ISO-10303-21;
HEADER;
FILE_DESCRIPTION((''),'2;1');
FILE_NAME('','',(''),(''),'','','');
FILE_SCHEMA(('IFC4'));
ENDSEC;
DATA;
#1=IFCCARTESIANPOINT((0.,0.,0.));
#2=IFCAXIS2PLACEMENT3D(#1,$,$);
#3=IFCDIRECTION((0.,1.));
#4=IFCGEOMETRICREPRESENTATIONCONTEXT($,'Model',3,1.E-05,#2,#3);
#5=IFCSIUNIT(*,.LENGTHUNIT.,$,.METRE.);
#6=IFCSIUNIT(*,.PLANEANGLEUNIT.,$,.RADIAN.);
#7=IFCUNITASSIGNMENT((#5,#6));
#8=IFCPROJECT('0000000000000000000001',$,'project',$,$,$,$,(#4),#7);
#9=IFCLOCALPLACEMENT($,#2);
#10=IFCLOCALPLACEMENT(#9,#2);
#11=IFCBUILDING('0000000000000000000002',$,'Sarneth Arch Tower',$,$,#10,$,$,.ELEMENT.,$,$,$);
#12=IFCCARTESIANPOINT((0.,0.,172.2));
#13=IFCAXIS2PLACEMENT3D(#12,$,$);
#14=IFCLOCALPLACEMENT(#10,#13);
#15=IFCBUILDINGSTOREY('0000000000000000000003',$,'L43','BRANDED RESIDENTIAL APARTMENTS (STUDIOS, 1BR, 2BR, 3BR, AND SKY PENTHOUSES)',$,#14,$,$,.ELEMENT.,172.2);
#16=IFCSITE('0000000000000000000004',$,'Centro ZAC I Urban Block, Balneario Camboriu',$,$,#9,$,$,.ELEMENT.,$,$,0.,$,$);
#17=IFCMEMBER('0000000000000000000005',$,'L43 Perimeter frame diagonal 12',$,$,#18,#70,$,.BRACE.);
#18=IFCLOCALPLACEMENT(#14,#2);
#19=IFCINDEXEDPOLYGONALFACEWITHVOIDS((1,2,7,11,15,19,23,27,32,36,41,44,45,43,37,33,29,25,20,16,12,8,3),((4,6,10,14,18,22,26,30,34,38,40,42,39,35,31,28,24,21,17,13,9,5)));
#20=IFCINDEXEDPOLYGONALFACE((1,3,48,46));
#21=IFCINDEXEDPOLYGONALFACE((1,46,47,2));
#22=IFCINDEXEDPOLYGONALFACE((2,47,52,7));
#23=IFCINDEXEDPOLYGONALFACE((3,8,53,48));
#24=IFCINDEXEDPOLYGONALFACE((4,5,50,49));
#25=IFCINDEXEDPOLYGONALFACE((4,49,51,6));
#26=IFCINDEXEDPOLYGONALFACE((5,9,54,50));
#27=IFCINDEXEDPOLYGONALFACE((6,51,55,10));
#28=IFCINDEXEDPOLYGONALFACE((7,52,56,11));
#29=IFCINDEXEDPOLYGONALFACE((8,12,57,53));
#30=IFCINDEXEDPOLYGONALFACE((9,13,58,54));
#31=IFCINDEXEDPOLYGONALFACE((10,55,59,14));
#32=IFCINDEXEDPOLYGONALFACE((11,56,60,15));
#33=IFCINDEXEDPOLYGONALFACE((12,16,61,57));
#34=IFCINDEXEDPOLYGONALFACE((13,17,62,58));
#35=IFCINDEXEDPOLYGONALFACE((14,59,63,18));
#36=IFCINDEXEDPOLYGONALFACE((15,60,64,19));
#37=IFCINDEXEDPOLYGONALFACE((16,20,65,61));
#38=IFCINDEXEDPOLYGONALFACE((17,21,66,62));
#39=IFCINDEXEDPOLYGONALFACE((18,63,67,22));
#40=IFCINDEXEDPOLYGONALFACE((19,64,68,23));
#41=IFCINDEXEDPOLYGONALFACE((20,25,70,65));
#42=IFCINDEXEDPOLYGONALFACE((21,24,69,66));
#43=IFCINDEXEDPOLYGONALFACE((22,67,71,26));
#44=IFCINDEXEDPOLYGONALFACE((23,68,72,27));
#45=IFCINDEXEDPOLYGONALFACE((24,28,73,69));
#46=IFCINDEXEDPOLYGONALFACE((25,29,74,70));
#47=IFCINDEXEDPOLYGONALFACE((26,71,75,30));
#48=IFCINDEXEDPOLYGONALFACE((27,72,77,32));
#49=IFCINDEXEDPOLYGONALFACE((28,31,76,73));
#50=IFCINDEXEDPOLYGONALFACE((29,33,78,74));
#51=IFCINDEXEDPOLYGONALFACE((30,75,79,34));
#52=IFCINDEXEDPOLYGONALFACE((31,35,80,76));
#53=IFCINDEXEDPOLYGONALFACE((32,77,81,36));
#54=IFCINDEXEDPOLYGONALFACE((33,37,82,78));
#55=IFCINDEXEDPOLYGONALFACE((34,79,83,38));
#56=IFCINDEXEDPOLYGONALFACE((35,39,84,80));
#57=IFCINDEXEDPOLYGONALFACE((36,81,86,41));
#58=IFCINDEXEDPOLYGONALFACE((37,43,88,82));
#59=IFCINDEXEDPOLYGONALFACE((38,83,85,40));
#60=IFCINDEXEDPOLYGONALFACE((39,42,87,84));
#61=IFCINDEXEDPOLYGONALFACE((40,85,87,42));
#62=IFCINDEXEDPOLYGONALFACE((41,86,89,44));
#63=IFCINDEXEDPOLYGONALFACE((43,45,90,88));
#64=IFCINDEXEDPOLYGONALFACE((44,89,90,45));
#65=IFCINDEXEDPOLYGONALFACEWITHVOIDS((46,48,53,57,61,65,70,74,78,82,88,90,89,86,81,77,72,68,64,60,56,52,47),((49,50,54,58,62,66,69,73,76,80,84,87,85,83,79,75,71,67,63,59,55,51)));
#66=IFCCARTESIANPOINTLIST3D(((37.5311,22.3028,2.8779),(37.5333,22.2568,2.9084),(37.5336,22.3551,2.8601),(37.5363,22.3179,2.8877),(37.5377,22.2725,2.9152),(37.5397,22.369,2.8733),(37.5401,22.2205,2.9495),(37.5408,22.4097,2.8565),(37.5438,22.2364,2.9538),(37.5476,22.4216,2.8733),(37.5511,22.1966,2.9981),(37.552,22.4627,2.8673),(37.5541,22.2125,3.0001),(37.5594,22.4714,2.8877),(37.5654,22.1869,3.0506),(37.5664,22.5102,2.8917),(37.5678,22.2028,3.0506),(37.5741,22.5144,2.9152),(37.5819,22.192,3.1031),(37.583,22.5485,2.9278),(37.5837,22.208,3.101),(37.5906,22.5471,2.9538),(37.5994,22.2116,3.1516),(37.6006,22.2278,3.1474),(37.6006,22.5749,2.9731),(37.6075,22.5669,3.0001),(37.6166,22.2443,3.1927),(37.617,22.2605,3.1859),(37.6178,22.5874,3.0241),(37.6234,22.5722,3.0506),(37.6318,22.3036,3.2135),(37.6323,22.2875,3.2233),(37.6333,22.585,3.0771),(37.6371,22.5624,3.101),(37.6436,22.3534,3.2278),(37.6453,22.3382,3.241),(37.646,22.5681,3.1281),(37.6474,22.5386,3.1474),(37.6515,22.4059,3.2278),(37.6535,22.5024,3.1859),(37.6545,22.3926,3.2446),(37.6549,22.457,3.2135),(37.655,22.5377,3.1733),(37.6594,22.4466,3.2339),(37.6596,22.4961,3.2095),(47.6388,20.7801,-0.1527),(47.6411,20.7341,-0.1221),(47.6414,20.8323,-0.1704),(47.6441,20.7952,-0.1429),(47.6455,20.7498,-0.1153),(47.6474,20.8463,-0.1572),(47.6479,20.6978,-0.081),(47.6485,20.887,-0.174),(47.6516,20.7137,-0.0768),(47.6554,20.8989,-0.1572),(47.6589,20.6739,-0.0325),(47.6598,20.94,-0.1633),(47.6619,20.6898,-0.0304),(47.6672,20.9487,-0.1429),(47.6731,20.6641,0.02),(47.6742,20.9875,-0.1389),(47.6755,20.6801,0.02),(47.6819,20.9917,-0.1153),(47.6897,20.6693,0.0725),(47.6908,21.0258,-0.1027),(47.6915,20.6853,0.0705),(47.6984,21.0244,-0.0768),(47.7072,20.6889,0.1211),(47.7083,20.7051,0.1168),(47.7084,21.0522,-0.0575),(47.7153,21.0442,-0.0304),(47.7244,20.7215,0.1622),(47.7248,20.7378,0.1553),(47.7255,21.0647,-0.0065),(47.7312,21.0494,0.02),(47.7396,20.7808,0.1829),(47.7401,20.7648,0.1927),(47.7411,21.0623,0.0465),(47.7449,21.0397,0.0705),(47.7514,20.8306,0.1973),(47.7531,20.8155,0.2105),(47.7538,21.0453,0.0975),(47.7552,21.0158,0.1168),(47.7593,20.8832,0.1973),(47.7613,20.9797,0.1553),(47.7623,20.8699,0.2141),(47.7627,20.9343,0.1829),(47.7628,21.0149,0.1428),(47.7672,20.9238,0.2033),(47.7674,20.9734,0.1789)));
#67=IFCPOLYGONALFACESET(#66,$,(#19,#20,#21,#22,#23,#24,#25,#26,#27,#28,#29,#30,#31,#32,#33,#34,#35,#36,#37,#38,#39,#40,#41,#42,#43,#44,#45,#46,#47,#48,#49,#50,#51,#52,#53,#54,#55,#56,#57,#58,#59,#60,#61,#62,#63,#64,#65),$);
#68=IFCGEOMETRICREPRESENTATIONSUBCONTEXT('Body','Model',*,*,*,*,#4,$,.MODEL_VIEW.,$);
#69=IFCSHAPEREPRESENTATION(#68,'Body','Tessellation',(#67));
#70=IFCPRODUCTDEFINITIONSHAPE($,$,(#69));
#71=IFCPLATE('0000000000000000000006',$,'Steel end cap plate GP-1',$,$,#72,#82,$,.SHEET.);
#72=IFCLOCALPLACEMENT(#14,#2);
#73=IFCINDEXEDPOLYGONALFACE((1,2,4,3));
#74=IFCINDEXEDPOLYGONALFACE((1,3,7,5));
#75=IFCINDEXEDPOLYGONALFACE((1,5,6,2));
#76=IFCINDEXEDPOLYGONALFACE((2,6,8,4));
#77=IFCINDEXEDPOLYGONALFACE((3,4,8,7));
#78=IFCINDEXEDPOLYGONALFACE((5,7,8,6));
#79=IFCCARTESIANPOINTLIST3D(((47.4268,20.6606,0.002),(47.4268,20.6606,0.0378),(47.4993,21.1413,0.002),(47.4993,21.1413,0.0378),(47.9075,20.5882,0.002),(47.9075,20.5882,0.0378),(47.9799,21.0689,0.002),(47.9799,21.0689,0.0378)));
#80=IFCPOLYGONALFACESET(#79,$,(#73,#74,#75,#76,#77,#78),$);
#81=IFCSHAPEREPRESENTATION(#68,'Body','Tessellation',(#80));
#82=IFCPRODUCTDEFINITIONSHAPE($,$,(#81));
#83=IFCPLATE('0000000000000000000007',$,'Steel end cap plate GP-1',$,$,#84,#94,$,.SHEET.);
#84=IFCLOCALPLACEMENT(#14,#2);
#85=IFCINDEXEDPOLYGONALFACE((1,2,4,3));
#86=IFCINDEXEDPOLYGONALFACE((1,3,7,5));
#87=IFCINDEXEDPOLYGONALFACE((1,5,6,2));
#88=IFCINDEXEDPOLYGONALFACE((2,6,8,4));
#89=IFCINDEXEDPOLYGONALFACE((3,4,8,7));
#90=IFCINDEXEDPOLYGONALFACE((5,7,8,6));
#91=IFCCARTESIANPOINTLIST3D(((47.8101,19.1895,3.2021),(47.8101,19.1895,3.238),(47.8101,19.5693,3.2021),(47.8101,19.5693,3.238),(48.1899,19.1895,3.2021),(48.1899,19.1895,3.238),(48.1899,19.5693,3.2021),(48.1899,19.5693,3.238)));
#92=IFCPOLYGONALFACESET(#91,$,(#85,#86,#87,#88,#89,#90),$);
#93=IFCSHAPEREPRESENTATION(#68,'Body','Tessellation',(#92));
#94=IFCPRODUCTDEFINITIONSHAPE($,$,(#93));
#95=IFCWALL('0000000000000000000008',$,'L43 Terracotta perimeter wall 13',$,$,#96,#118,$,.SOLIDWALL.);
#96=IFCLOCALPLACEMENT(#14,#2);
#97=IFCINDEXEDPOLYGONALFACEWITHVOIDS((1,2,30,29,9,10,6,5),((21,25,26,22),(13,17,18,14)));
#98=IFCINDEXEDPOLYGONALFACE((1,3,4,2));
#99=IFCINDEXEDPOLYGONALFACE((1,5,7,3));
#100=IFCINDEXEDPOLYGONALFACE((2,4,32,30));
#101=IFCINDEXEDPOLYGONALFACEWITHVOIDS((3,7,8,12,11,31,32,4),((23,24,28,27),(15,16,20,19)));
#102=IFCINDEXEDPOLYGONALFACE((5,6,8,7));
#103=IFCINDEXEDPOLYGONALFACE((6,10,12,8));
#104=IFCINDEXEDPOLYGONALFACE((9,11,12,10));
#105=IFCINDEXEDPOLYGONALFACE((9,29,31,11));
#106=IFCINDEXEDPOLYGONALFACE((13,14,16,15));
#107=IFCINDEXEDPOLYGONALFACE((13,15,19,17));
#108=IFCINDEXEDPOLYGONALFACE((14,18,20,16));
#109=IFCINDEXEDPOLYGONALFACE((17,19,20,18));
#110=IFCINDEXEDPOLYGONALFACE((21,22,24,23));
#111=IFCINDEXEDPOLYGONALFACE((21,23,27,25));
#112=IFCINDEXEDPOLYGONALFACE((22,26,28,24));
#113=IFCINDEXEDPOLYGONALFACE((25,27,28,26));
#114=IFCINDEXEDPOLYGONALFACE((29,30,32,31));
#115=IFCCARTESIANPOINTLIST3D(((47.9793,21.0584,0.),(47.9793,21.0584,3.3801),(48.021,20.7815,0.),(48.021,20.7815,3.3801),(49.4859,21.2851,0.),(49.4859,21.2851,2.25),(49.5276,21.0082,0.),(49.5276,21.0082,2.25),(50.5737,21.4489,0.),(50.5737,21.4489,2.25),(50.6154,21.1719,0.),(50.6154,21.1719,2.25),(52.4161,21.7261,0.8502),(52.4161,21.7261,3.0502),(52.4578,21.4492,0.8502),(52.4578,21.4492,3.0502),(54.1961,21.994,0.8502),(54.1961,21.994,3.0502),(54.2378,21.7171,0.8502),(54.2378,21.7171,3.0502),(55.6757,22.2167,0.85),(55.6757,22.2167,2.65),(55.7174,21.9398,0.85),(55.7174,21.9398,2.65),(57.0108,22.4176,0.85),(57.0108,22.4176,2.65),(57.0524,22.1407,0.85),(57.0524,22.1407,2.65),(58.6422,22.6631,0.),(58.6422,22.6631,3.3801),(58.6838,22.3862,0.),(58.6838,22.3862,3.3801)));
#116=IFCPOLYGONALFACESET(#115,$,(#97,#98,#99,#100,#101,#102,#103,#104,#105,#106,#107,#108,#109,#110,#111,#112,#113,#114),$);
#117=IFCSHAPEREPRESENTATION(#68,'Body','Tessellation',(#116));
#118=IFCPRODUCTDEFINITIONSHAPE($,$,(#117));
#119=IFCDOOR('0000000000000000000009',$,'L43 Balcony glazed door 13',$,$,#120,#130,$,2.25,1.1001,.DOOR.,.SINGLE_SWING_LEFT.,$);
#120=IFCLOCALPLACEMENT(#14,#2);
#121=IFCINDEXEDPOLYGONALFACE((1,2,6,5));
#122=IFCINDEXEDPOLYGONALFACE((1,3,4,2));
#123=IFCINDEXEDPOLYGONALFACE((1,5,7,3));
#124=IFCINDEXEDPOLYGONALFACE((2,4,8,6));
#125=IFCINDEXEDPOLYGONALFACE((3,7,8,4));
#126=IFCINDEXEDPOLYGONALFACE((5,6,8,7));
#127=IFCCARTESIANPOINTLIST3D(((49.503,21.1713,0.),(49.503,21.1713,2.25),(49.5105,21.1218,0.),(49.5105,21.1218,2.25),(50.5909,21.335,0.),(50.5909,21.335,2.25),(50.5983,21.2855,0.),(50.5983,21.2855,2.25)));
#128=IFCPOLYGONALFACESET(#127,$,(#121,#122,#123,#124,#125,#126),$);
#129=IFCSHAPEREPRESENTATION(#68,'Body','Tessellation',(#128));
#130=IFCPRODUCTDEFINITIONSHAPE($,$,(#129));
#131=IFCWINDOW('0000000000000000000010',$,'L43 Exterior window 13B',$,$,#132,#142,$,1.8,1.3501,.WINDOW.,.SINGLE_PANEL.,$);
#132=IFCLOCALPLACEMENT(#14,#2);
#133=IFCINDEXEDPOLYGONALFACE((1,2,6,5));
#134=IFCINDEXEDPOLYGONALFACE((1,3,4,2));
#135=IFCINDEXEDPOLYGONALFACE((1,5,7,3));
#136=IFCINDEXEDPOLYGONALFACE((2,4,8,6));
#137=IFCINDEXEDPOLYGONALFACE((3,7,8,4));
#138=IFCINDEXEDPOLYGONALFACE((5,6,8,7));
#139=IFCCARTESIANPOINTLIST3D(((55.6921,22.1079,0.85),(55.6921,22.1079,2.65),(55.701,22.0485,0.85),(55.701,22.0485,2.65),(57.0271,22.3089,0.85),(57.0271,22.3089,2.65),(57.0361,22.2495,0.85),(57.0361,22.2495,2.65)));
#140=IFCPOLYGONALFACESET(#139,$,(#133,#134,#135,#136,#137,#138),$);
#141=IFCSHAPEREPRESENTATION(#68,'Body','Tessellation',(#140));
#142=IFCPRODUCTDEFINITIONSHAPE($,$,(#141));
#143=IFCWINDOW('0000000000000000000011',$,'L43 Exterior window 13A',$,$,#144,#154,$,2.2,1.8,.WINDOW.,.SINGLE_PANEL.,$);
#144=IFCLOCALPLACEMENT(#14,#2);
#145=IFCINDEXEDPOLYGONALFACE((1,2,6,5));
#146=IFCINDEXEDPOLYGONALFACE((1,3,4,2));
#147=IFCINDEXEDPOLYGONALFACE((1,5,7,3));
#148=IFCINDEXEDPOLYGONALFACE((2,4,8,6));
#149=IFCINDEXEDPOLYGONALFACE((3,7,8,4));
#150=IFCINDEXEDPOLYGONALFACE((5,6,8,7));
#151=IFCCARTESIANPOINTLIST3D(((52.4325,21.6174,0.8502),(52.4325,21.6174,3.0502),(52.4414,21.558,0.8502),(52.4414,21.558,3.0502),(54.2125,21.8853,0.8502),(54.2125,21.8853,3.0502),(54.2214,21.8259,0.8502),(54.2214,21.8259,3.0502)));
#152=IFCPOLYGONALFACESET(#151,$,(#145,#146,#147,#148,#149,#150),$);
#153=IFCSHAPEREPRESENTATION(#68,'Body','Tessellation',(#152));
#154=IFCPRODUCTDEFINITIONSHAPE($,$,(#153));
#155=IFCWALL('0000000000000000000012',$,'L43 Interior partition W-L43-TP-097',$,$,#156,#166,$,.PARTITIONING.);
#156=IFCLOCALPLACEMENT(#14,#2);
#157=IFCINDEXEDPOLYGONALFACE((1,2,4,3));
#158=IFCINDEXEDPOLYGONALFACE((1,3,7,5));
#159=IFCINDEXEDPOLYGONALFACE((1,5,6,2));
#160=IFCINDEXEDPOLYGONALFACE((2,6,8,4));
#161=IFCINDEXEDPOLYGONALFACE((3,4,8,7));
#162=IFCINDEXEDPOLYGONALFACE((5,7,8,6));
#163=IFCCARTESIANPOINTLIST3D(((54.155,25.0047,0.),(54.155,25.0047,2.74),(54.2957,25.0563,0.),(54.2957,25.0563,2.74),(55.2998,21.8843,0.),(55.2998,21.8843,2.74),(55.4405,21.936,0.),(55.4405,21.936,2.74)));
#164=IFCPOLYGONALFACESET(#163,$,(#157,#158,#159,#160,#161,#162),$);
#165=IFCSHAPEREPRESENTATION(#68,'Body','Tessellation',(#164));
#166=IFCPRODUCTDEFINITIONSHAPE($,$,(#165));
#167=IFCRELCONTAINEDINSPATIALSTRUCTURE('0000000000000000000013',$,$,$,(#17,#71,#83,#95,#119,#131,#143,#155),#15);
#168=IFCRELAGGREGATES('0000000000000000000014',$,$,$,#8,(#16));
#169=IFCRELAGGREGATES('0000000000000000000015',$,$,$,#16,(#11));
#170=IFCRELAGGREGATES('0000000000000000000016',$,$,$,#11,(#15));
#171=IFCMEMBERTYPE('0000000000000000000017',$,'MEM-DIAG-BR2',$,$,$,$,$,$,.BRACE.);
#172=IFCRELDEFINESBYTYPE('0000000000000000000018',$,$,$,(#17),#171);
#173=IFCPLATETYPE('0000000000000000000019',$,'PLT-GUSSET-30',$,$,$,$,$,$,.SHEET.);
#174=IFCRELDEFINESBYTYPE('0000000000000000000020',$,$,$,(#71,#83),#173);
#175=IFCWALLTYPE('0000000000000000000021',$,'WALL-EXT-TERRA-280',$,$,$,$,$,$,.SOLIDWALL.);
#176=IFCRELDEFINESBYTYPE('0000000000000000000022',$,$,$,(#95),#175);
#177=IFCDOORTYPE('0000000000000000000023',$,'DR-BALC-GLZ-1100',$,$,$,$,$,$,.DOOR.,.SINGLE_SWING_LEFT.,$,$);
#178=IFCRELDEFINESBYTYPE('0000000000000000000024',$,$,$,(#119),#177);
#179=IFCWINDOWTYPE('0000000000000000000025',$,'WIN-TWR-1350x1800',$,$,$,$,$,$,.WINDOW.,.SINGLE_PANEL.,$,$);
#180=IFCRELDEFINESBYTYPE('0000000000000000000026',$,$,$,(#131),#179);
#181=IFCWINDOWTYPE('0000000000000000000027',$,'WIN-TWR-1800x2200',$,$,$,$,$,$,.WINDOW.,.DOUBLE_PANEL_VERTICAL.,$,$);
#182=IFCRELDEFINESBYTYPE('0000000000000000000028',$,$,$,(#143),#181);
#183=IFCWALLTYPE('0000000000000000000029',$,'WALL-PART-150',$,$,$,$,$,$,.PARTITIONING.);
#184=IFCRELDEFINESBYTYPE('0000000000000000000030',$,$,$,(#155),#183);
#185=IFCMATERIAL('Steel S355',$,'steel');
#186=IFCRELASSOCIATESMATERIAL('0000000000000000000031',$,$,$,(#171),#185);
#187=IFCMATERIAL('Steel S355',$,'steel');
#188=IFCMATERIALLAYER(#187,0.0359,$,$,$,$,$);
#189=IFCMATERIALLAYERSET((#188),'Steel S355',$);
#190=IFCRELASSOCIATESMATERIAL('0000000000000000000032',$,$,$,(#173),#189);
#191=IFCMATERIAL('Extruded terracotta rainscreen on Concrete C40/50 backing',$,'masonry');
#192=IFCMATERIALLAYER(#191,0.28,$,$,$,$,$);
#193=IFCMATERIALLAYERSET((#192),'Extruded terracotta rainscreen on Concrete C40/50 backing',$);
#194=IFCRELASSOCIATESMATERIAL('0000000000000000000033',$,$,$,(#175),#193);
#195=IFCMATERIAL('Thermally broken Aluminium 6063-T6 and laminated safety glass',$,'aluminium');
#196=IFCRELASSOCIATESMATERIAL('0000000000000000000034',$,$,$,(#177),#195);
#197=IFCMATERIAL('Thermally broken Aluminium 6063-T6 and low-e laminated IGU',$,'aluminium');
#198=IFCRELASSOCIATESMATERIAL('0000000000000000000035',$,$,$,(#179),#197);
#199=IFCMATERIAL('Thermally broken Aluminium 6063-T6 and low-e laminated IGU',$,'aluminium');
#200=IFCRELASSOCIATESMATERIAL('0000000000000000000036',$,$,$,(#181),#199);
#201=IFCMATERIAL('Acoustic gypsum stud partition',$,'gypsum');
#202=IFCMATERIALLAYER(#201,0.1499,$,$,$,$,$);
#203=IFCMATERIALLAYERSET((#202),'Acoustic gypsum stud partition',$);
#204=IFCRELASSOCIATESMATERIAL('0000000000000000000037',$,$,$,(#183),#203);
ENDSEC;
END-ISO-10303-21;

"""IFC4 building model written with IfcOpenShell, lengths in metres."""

from ifc_helpers import new_model, si_unit, direction, frame, frame_2d, origin, origin_2d, place, context, subcontext, project, spatial, rectangle, hollow_circle, extrude, material, layer, layer_set, material_profile, profile_set, type_object, element, fill, save


model = new_model("IFC4")

# Units and contexts
model_context = context("Model", 3, precision=1e-05, world=origin(), true_north=direction((0.0, 1.0)))
body_context = subcontext(model_context, "Body", "Model", "MODEL_VIEW")
ifc_project = project(units=[si_unit("LENGTHUNIT", "METRE"), si_unit("PLANEANGLEUNIT", "RADIAN")], contexts=[model_context])

# Site, building, storey
site_placement = place(None, origin())
site = spatial("IfcSite", under=ifc_project, at=site_placement, Name="Centro ZAC I Urban Block, Balneario Camboriu", CompositionType="ELEMENT", RefElevation=0.0)
building_placement = place(site_placement, origin())
building = spatial("IfcBuilding", under=site, at=building_placement, Name="Sarneth Arch Tower", CompositionType="ELEMENT")
storey_placement = place(building_placement, frame((0.0, 0.0, 172.2)))
storey = spatial("IfcBuildingStorey", under=building, at=storey_placement, Name="L43", Description="BRANDED RESIDENTIAL APARTMENTS (STUDIOS, 1BR, 2BR, 3BR, AND SKY PENTHOUSES)", CompositionType="ELEMENT", Elevation=172.2)

# Member
ifc_material_1 = material(Name="Steel S355", Category="steel")
ifc_material_profile_1 = material_profile(ifc_material_1, hollow_circle(Radius=0.2029, WallThickness=0.0161, at=origin_2d()), Name="CHS406x16")
ifc_profile_set_1 = profile_set([ifc_material_profile_1], Name="Steel S355")
member_type_1 = type_object("IfcMemberType", Name="MEM-DIAG-BR2", PredefinedType="BRACE", material=ifc_profile_set_1)
member_1_placement = place(storey_placement, frame((47.7034, 20.8647, 0.02), z_axis=(-0.948053, 0.142823, 0.284249), x_axis=(-0.148968, -0.988842, 0.0)))
element("IfcMember", 1, at=member_1_placement, inside=storey, type_object=member_type_1, Name="L43 Perimeter frame diagonal 12", PredefinedType="BRACE", context=body_context, shape_type="SweptSolid", body=[
    extrude(hollow_circle(Radius=0.2029, WallThickness=0.0161, at=origin_2d()), origin(), (0.0, 0.0, 1.0), 10.6616),
])

# Plates
ifc_material_2 = material(Name="Steel S355", Category="steel")
ifc_layer_1 = layer(ifc_material_2, 0.0359)
ifc_layer_set_1 = layer_set([ifc_layer_1], Name="Steel S355")
plate_type = type_object("IfcPlateType", Name="PLT-GUSSET-30", PredefinedType="SHEET", material=ifc_layer_set_1)
plate_1_placement = place(storey_placement, frame((47.7034, 20.8647, 0.002), z_axis=(0.0, 0.0, 1.0), x_axis=(0.988835, -0.149018, 0.0)))
element("IfcPlate", 2, at=plate_1_placement, inside=storey, type_object=plate_type, Name="Steel end cap plate GP-1", PredefinedType="SHEET", context=body_context, shape_type="SweptSolid", body=[
    extrude(rectangle(XDim=0.4861, YDim=0.4861, at=origin_2d()), origin(), (0.0, 0.0, 1.0), 0.0359),
])
plate_2_placement = place(storey_placement, frame((48.0, 19.3794, 3.2021), z_axis=(0.0, 0.0, 1.0), x_axis=(0.0, -1.0, 0.0)))
element("IfcPlate", 3, at=plate_2_placement, inside=storey, type_object=plate_type, Name="Steel end cap plate GP-1", PredefinedType="SHEET", context=body_context, shape_type="SweptSolid", body=[
    extrude(rectangle(XDim=0.3799, YDim=0.3799, at=origin_2d()), origin(), (0.0, 0.0, 1.0), 0.0359),
])

# Wall, openings, door, windows
ifc_material_3 = material(Name="Extruded terracotta rainscreen on Concrete C40/50 backing", Category="masonry")
ifc_layer_2 = layer(ifc_material_3, 0.28)
ifc_layer_set_2 = layer_set([ifc_layer_2], Name="Extruded terracotta rainscreen on Concrete C40/50 backing")
wall_type_1 = type_object("IfcWallType", Name="WALL-EXT-TERRA-280", PredefinedType="SOLIDWALL", material=ifc_layer_set_2)
wall_1_placement = place(storey_placement, frame((48.0, 20.9199, 0.0), z_axis=(0.0, 0.0, 1.0), x_axis=(0.988864, 0.148822, 0.0)))
wall_1 = element("IfcWall", 4, at=wall_1_placement, inside=storey, type_object=wall_type_1, Name="L43 Terracotta perimeter wall 13", PredefinedType="SOLIDWALL", context=body_context, shape_type="SweptSolid", body=[
    extrude(rectangle(XDim=10.783, YDim=0.28, at=frame_2d((5.3916, 0.0))), origin(), (0.0, 0.0, 1.0), 3.3801),
])
opening_1_placement = place(wall_1_placement, frame((1.5237, 0.0, 0.0)))
opening_1 = element("IfcOpeningElement", 5, at=opening_1_placement, cuts=wall_1, PredefinedType="OPENING", context=body_context, shape_type="SweptSolid", body=[
    extrude(rectangle(XDim=1.1001, YDim=2.25, at=frame_2d((0.55, 1.125))), frame((0.0, 0.1499, 0.0), z_axis=(0.0, -1.0, 0.0), x_axis=(1.0, 0.0, 0.0)), (0.0, 0.0, 1.0), 0.3),
])
opening_2_placement = place(wall_1_placement, frame((4.4871, 0.0, 0.8501)))
opening_2 = element("IfcOpeningElement", 6, at=opening_2_placement, cuts=wall_1, PredefinedType="OPENING", context=body_context, shape_type="SweptSolid", body=[
    extrude(rectangle(XDim=1.8, YDim=2.2, at=frame_2d((0.8999, 1.1001))), frame((0.0, 0.1499, 0.0), z_axis=(0.0, -1.0, 0.0), x_axis=(1.0, 0.0, 0.0)), (0.0, 0.0, 1.0), 0.3),
])
opening_3_placement = place(wall_1_placement, frame((7.7832, 0.0, 0.8501)))
opening_3 = element("IfcOpeningElement", 7, at=opening_3_placement, cuts=wall_1, PredefinedType="OPENING", context=body_context, shape_type="SweptSolid", body=[
    extrude(rectangle(XDim=1.3501, YDim=1.8, at=frame_2d((0.675, 0.8999))), frame((0.0, 0.1499, 0.0), z_axis=(0.0, -1.0, 0.0), x_axis=(1.0, 0.0, 0.0)), (0.0, 0.0, 1.0), 0.3),
])
ifc_material_4 = material(Name="Thermally broken Aluminium 6063-T6 and laminated safety glass", Category="aluminium")
door_type_1 = type_object("IfcDoorType", Name="DR-BALC-GLZ-1100", OperationType="SINGLE_SWING_LEFT", PredefinedType="DOOR", material=ifc_material_4)
door_1_placement = place(opening_1_placement, origin())
door_1 = element("IfcDoor", 8, at=door_1_placement, inside=storey, type_object=door_type_1, Name="L43 Balcony glazed door 13", OperationType="SINGLE_SWING_LEFT", OverallHeight=2.25, OverallWidth=1.1001, PredefinedType="DOOR", context=body_context, shape_type="SweptSolid", body=[
    extrude(rectangle(XDim=1.1001, YDim=2.25, at=frame_2d((0.55, 1.125))), frame((0.0, 0.0249, 0.0), z_axis=(0.0, -1.0, 0.0), x_axis=(1.0, 0.0, 0.0)), (0.0, 0.0, 1.0), 0.05),
])
fill(opening_1, door_1)
ifc_material_5 = material(Name="Thermally broken Aluminium 6063-T6 and low-e laminated IGU", Category="aluminium")
window_type_1 = type_object("IfcWindowType", Name="WIN-TWR-1350x1800", PartitioningType="SINGLE_PANEL", PredefinedType="WINDOW", material=ifc_material_5)
window_1_placement = place(opening_3_placement, origin())
window_1 = element("IfcWindow", 9, at=window_1_placement, inside=storey, type_object=window_type_1, Name="L43 Exterior window 13B", OverallHeight=1.8, OverallWidth=1.3501, PartitioningType="SINGLE_PANEL", PredefinedType="WINDOW", context=body_context, shape_type="SweptSolid", body=[
    extrude(rectangle(XDim=1.3501, YDim=1.8, at=frame_2d((0.675, 0.8999))), frame((0.0, 0.03, 0.0), z_axis=(0.0, -1.0, 0.0), x_axis=(1.0, 0.0, 0.0)), (0.0, 0.0, 1.0), 0.0601),
])
fill(opening_3, window_1)
ifc_material_6 = material(Name="Thermally broken Aluminium 6063-T6 and low-e laminated IGU", Category="aluminium")
window_type_2 = type_object("IfcWindowType", Name="WIN-TWR-1800x2200", PartitioningType="DOUBLE_PANEL_VERTICAL", PredefinedType="WINDOW", material=ifc_material_6)
window_2_placement = place(opening_2_placement, origin())
window_2 = element("IfcWindow", 10, at=window_2_placement, inside=storey, type_object=window_type_2, Name="L43 Exterior window 13A", OverallHeight=2.2, OverallWidth=1.8, PartitioningType="SINGLE_PANEL", PredefinedType="WINDOW", context=body_context, shape_type="SweptSolid", body=[
    extrude(rectangle(XDim=1.8, YDim=2.2, at=frame_2d((0.8999, 1.1001))), frame((0.0, 0.03, 0.0), z_axis=(0.0, -1.0, 0.0), x_axis=(1.0, 0.0, 0.0)), (0.0, 0.0, 1.0), 0.0601),
])
fill(opening_2, window_2)

# Wall
ifc_material_7 = material(Name="Acoustic gypsum stud partition", Category="gypsum")
ifc_layer_3 = layer(ifc_material_7, 0.1499)
ifc_layer_set_3 = layer_set([ifc_layer_3], Name="Acoustic gypsum stud partition")
wall_type_2 = type_object("IfcWallType", Name="WALL-PART-150", PredefinedType="PARTITIONING", material=ifc_layer_set_3)
wall_2_placement = place(storey_placement, frame((55.3701, 21.9102, 0.0), z_axis=(0.0, 0.0, 1.0), x_axis=(-0.344425, 0.938814, 0.0)))
element("IfcWall", 11, at=wall_2_placement, inside=storey, type_object=wall_type_2, Name="L43 Interior partition W-L43-TP-097", PredefinedType="PARTITIONING", context=body_context, shape_type="SweptSolid", body=[
    extrude(rectangle(XDim=3.3237, YDim=0.1499, at=frame_2d((1.6619, 0.0))), origin(), (0.0, 0.0, 1.0), 2.74),
])

save(model, "model.ifc")
